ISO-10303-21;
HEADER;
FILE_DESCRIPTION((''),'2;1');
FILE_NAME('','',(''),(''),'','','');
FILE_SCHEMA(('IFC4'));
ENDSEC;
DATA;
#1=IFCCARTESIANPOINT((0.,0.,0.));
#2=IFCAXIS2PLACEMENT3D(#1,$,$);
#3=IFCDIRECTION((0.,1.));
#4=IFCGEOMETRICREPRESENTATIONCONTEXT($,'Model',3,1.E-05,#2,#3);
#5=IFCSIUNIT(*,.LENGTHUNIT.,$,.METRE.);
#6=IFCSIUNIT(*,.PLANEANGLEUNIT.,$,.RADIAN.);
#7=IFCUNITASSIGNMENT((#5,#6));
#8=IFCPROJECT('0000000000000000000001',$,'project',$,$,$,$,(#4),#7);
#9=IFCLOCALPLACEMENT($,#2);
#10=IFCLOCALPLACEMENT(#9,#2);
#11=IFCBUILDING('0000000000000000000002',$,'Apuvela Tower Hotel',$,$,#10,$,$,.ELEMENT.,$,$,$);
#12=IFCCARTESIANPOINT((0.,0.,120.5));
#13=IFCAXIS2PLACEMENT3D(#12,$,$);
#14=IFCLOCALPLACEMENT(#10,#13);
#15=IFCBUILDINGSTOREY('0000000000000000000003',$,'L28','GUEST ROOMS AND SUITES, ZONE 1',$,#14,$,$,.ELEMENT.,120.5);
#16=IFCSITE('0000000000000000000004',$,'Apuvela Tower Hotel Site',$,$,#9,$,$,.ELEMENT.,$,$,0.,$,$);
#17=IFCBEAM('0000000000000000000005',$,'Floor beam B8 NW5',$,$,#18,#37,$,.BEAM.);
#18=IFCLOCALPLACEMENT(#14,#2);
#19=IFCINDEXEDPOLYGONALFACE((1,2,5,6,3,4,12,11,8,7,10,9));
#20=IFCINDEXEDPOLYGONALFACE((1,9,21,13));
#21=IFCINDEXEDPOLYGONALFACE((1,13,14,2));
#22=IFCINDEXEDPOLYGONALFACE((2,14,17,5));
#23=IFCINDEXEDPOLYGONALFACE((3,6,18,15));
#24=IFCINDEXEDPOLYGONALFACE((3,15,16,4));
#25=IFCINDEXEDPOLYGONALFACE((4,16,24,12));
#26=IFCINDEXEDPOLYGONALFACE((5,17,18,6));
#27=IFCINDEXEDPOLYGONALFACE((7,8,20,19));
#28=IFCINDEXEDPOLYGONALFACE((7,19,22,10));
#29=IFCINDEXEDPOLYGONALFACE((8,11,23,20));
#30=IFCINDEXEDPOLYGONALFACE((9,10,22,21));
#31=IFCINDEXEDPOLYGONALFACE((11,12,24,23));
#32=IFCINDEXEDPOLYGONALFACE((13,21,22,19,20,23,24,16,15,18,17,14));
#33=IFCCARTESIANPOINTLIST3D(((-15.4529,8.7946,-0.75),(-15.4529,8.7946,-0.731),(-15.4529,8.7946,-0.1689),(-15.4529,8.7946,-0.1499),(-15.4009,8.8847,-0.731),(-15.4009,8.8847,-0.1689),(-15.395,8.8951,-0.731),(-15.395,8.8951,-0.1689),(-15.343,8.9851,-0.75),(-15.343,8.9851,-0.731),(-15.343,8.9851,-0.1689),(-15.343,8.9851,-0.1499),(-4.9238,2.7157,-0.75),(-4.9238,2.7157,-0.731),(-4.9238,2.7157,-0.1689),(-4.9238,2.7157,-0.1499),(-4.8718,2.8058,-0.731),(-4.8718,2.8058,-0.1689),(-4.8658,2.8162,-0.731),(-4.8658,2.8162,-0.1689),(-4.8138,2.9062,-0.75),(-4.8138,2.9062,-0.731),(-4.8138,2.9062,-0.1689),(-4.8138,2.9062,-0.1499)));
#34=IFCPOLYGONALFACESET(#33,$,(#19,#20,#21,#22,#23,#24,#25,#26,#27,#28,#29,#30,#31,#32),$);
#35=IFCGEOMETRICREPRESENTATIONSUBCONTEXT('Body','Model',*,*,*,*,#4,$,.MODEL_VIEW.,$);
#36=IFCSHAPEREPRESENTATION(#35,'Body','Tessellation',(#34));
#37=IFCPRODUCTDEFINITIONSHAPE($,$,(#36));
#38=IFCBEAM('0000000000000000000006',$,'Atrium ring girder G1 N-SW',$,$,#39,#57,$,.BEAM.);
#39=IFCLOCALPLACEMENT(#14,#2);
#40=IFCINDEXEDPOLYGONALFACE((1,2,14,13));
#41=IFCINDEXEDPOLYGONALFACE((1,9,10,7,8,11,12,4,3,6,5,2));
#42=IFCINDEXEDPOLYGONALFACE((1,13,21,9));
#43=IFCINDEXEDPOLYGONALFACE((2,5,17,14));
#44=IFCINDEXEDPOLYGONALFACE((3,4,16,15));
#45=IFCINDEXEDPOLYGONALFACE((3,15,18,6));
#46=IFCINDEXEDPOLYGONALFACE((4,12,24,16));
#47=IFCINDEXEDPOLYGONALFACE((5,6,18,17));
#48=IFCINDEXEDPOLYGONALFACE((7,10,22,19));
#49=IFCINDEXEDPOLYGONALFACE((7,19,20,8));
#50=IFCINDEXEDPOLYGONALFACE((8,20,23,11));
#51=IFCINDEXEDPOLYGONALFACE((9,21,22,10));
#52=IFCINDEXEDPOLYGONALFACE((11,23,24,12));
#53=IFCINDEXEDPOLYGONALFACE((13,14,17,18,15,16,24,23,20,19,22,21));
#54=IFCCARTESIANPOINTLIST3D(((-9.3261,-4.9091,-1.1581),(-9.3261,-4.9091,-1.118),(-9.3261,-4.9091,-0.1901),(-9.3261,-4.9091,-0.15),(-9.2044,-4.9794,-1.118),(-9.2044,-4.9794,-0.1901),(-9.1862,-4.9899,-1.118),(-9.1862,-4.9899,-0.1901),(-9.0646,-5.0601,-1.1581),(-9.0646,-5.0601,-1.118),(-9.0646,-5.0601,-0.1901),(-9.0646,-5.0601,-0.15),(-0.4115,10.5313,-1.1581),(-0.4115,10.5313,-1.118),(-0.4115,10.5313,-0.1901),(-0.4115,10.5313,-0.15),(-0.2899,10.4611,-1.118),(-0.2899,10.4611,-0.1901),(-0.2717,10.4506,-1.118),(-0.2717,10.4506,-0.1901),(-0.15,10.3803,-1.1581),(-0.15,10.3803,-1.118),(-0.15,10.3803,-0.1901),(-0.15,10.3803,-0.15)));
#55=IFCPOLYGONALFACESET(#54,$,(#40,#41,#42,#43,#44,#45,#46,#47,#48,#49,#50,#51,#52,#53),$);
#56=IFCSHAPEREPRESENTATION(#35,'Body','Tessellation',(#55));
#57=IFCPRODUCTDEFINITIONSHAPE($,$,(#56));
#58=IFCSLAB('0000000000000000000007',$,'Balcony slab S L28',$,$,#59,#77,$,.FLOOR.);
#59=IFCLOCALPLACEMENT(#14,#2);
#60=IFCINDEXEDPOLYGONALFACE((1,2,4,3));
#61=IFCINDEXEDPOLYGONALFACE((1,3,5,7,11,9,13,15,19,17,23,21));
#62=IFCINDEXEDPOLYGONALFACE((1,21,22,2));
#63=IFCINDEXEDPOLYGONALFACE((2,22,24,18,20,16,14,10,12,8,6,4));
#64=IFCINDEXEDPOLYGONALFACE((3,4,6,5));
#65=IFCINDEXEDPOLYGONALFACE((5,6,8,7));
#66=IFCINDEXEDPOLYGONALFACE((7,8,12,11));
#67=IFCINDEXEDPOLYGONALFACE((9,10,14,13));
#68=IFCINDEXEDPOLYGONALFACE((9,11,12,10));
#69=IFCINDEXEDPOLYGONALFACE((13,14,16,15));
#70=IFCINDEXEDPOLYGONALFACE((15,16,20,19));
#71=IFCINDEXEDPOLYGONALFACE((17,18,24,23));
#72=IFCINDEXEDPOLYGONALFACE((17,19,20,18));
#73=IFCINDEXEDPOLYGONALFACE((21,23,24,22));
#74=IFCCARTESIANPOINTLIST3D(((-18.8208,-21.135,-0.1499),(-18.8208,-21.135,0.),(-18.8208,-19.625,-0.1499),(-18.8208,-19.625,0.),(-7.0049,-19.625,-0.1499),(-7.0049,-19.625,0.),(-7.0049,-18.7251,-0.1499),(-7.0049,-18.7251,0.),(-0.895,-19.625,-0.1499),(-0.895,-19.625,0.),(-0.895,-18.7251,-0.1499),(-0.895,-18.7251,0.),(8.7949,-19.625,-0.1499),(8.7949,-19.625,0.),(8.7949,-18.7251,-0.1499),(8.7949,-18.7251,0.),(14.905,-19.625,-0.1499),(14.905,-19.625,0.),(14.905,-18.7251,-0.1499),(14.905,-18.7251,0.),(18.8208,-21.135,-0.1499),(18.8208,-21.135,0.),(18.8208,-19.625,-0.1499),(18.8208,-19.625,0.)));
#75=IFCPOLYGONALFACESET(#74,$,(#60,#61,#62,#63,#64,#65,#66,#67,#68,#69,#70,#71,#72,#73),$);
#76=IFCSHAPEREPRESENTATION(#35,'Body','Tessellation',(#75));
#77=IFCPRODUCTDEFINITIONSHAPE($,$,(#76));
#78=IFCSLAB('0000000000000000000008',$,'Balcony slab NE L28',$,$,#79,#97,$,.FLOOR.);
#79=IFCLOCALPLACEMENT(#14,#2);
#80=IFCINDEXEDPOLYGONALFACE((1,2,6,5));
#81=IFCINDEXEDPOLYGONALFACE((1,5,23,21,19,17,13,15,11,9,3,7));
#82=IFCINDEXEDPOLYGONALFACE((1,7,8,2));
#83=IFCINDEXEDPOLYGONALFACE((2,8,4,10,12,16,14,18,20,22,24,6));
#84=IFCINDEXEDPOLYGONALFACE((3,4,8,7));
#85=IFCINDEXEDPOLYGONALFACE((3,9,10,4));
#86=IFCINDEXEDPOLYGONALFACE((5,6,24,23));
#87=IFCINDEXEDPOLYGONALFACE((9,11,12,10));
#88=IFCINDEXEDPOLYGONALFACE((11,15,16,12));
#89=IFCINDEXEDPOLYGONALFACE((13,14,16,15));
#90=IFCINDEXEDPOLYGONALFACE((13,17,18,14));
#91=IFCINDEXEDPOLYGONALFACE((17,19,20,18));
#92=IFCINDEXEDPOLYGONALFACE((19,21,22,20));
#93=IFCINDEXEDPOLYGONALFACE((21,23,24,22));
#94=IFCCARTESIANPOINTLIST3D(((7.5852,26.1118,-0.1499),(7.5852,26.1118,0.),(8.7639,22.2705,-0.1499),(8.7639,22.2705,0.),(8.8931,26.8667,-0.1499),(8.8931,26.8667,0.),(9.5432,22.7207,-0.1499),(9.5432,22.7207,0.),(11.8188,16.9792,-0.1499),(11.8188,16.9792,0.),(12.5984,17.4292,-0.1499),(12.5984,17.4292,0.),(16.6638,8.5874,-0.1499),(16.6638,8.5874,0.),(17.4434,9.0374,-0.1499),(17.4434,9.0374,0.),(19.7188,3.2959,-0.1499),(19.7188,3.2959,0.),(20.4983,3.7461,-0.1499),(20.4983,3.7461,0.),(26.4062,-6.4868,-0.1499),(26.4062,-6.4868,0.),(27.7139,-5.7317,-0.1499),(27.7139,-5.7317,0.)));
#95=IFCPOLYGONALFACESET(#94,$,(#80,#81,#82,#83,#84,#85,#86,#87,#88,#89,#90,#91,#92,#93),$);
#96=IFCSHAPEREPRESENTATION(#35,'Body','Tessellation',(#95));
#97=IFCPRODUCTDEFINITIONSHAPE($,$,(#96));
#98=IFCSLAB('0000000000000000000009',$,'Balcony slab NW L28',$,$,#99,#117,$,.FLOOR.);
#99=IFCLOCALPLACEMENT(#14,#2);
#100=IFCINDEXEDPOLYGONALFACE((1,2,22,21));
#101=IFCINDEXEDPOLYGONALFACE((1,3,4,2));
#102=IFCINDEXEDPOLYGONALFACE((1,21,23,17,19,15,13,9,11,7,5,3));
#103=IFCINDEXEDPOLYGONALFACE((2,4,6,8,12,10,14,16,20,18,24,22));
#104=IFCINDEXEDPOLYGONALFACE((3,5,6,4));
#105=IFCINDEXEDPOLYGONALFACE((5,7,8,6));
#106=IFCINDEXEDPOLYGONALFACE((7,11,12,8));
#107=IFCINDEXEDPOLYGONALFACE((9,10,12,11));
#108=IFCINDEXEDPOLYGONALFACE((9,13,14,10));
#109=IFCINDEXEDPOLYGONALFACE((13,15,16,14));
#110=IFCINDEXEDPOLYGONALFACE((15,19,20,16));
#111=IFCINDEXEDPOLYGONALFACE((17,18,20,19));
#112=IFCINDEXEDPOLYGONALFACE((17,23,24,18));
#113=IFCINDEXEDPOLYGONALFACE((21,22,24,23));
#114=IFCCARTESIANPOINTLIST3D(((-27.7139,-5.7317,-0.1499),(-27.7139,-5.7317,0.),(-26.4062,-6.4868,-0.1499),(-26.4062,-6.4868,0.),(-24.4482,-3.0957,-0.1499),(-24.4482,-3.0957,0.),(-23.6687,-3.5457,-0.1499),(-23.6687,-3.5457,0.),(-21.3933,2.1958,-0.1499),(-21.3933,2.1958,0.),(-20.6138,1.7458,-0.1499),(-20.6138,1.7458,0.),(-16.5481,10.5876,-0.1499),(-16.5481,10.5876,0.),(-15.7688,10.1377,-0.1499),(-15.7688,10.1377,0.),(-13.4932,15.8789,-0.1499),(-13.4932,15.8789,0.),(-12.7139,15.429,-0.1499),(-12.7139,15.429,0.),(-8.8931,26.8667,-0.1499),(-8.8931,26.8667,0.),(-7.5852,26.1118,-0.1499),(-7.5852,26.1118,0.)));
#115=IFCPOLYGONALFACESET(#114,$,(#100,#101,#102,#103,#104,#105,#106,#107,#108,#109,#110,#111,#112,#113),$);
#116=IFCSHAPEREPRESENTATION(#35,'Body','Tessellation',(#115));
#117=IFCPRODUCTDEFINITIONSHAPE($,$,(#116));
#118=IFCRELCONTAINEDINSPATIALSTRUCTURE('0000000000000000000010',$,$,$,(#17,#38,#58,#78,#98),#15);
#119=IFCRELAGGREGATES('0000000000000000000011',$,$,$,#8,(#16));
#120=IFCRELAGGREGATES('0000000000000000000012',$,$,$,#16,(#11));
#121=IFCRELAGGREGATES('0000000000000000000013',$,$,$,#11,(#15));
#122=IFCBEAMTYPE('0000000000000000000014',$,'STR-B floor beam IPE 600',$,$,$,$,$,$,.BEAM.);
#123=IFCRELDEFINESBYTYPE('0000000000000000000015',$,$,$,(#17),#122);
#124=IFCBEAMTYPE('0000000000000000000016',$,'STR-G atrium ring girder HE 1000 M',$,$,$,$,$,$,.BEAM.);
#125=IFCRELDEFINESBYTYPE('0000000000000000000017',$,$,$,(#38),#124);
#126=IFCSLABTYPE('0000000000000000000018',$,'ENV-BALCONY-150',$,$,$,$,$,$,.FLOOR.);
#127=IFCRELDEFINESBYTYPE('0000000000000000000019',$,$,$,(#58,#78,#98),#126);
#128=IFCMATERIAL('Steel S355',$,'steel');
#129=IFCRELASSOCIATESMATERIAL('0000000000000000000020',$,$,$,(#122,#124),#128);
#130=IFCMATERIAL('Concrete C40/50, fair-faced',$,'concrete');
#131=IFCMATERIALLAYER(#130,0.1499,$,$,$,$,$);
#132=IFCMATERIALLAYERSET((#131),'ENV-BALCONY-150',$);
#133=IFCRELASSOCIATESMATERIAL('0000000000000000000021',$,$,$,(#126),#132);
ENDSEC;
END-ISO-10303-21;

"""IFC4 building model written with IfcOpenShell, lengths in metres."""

from ifc_helpers import new_model, si_unit, direction, frame, origin, origin_2d, place, context, subcontext, project, spatial, polyline, i_section, outline, extrude, material, layer, layer_set, material_profile, profile_set, type_object, element, save


model = new_model("IFC4")

# Units and contexts
model_context = context("Model", 3, precision=1e-05, world=origin(), true_north=direction((0.0, 1.0)))
body_context = subcontext(model_context, "Body", "Model", "MODEL_VIEW")
ifc_project = project(units=[si_unit("LENGTHUNIT", "METRE"), si_unit("PLANEANGLEUNIT", "RADIAN")], contexts=[model_context])

# Site, building, storey
site_placement = place(None, origin())
site = spatial("IfcSite", under=ifc_project, at=site_placement, Name="Apuvela Tower Hotel Site", CompositionType="ELEMENT", RefElevation=0.0)
building_placement = place(site_placement, origin())
building = spatial("IfcBuilding", under=site, at=building_placement, Name="Apuvela Tower Hotel", CompositionType="ELEMENT")
storey_placement = place(building_placement, frame((0.0, 0.0, 120.5)))
storey = spatial("IfcBuildingStorey", under=building, at=storey_placement, Name="L28", Description="GUEST ROOMS AND SUITES, ZONE 1", CompositionType="ELEMENT", Elevation=120.5)

# Beams
ifc_material_1 = material(Name="Steel S355", Category="steel")
ifc_material_profile_1 = material_profile(ifc_material_1, i_section(OverallWidth=0.22, OverallDepth=0.6001, WebThickness=0.012, FlangeThickness=0.019, at=origin_2d()), Name="IPE 600")
ifc_profile_set_1 = profile_set([ifc_material_profile_1], Name="Steel S355")
beam_type_1 = type_object("IfcBeamType", Name="STR-B floor beam IPE 600", PredefinedType="BEAM", material=ifc_profile_set_1)
beam_1_placement = place(storey_placement, frame((-15.3979, 8.8899, -0.45), z_axis=(0.866029, -0.499994, 0.0), x_axis=(0.499994, 0.866029, 0.0)))
element("IfcBeam", 1, at=beam_1_placement, inside=storey, type_object=beam_type_1, Name="Floor beam B8 NW5", PredefinedType="BEAM", context=body_context, shape_type="SweptSolid", body=[
    extrude(i_section(OverallWidth=0.22, OverallDepth=0.6001, WebThickness=0.012, FlangeThickness=0.019, at=origin_2d()), origin(), (0.0, 0.0, 1.0), 12.158),
])
ifc_material_profile_2 = material_profile(ifc_material_1, i_section(OverallWidth=0.302, OverallDepth=1.0081, WebThickness=0.021, FlangeThickness=0.04, at=origin_2d()), Name="HE 1000 M")
ifc_profile_set_2 = profile_set([ifc_material_profile_2], Name="Steel S355")
beam_type_2 = type_object("IfcBeamType", Name="STR-G atrium ring girder HE 1000 M", PredefinedType="BEAM", material=ifc_profile_set_2)
beam_2_placement = place(storey_placement, frame((-0.2808, 10.4558, -0.6541), z_axis=(-0.500001, -0.866025, 0.0), x_axis=(0.866025, -0.500001, 0.0)))
element("IfcBeam", 2, at=beam_2_placement, inside=storey, type_object=beam_type_2, Name="Atrium ring girder G1 N-SW", PredefinedType="BEAM", context=body_context, shape_type="SweptSolid", body=[
    extrude(i_section(OverallWidth=0.302, OverallDepth=1.0081, WebThickness=0.021, FlangeThickness=0.04, at=origin_2d()), origin(), (0.0, 0.0, 1.0), 17.8291),
])

# Slabs
ifc_material_2 = material(Name="Concrete C40/50, fair-faced", Category="concrete")
ifc_layer_1 = layer(ifc_material_2, 0.1499)
ifc_layer_set_1 = layer_set([ifc_layer_1], Name="ENV-BALCONY-150")
slab_type_1 = type_object("IfcSlabType", Name="ENV-BALCONY-150", PredefinedType="FLOOR", material=ifc_layer_set_1)
slab_1_placement = place(storey_placement, frame((0.0, 0.0, -0.1499)))
element("IfcSlab", 3, at=slab_1_placement, inside=storey, type_object=slab_type_1, Name="Balcony slab S L28", PredefinedType="FLOOR", context=body_context, shape_type="SweptSolid", body=[
    extrude(outline(polyline([(18.8208, -21.135), (-18.8208, -21.135), (-18.8208, -19.625), (-7.0049, -19.625), (-7.0049, -18.7251), (-0.895, -18.7251), (-0.895, -19.625), (8.7949, -19.625), (8.7949, -18.7251), (14.905, -18.7251), (14.905, -19.625), (18.8208, -19.625), (18.8208, -21.135)])), origin(), (0.0, 0.0, 1.0), 0.1499),
])
slab_2_placement = place(storey_placement, frame((0.0, 0.0, -0.1499)))
element("IfcSlab", 4, at=slab_2_placement, inside=storey, type_object=slab_type_1, Name="Balcony slab NE L28", PredefinedType="FLOOR", context=body_context, shape_type="SweptSolid", body=[
    extrude(outline(polyline([(17.4434, 9.0374), (12.5984, 17.4292), (11.8188, 16.9792), (8.7639, 22.2705), (9.5432, 22.7207), (7.5852, 26.1118), (8.8931, 26.8667), (27.7139, -5.7317), (26.4062, -6.4868), (20.4983, 3.7461), (19.7188, 3.2959), (16.6638, 8.5874), (17.4434, 9.0374)])), origin(), (0.0, 0.0, 1.0), 0.1499),
])
slab_3_placement = place(storey_placement, frame((0.0, 0.0, -0.1499)))
element("IfcSlab", 5, at=slab_3_placement, inside=storey, type_object=slab_type_1, Name="Balcony slab NW L28", PredefinedType="FLOOR", context=body_context, shape_type="SweptSolid", body=[
    extrude(outline(polyline([(-27.7139, -5.7317), (-8.8931, 26.8667), (-7.5852, 26.1118), (-13.4932, 15.8789), (-12.7139, 15.429), (-15.7688, 10.1377), (-16.5481, 10.5876), (-21.3933, 2.1958), (-20.6138, 1.7458), (-23.6687, -3.5457), (-24.4482, -3.0957), (-26.4062, -6.4868), (-27.7139, -5.7317)])), origin(), (0.0, 0.0, 1.0), 0.1499),
])

save(model, "model.ifc")
